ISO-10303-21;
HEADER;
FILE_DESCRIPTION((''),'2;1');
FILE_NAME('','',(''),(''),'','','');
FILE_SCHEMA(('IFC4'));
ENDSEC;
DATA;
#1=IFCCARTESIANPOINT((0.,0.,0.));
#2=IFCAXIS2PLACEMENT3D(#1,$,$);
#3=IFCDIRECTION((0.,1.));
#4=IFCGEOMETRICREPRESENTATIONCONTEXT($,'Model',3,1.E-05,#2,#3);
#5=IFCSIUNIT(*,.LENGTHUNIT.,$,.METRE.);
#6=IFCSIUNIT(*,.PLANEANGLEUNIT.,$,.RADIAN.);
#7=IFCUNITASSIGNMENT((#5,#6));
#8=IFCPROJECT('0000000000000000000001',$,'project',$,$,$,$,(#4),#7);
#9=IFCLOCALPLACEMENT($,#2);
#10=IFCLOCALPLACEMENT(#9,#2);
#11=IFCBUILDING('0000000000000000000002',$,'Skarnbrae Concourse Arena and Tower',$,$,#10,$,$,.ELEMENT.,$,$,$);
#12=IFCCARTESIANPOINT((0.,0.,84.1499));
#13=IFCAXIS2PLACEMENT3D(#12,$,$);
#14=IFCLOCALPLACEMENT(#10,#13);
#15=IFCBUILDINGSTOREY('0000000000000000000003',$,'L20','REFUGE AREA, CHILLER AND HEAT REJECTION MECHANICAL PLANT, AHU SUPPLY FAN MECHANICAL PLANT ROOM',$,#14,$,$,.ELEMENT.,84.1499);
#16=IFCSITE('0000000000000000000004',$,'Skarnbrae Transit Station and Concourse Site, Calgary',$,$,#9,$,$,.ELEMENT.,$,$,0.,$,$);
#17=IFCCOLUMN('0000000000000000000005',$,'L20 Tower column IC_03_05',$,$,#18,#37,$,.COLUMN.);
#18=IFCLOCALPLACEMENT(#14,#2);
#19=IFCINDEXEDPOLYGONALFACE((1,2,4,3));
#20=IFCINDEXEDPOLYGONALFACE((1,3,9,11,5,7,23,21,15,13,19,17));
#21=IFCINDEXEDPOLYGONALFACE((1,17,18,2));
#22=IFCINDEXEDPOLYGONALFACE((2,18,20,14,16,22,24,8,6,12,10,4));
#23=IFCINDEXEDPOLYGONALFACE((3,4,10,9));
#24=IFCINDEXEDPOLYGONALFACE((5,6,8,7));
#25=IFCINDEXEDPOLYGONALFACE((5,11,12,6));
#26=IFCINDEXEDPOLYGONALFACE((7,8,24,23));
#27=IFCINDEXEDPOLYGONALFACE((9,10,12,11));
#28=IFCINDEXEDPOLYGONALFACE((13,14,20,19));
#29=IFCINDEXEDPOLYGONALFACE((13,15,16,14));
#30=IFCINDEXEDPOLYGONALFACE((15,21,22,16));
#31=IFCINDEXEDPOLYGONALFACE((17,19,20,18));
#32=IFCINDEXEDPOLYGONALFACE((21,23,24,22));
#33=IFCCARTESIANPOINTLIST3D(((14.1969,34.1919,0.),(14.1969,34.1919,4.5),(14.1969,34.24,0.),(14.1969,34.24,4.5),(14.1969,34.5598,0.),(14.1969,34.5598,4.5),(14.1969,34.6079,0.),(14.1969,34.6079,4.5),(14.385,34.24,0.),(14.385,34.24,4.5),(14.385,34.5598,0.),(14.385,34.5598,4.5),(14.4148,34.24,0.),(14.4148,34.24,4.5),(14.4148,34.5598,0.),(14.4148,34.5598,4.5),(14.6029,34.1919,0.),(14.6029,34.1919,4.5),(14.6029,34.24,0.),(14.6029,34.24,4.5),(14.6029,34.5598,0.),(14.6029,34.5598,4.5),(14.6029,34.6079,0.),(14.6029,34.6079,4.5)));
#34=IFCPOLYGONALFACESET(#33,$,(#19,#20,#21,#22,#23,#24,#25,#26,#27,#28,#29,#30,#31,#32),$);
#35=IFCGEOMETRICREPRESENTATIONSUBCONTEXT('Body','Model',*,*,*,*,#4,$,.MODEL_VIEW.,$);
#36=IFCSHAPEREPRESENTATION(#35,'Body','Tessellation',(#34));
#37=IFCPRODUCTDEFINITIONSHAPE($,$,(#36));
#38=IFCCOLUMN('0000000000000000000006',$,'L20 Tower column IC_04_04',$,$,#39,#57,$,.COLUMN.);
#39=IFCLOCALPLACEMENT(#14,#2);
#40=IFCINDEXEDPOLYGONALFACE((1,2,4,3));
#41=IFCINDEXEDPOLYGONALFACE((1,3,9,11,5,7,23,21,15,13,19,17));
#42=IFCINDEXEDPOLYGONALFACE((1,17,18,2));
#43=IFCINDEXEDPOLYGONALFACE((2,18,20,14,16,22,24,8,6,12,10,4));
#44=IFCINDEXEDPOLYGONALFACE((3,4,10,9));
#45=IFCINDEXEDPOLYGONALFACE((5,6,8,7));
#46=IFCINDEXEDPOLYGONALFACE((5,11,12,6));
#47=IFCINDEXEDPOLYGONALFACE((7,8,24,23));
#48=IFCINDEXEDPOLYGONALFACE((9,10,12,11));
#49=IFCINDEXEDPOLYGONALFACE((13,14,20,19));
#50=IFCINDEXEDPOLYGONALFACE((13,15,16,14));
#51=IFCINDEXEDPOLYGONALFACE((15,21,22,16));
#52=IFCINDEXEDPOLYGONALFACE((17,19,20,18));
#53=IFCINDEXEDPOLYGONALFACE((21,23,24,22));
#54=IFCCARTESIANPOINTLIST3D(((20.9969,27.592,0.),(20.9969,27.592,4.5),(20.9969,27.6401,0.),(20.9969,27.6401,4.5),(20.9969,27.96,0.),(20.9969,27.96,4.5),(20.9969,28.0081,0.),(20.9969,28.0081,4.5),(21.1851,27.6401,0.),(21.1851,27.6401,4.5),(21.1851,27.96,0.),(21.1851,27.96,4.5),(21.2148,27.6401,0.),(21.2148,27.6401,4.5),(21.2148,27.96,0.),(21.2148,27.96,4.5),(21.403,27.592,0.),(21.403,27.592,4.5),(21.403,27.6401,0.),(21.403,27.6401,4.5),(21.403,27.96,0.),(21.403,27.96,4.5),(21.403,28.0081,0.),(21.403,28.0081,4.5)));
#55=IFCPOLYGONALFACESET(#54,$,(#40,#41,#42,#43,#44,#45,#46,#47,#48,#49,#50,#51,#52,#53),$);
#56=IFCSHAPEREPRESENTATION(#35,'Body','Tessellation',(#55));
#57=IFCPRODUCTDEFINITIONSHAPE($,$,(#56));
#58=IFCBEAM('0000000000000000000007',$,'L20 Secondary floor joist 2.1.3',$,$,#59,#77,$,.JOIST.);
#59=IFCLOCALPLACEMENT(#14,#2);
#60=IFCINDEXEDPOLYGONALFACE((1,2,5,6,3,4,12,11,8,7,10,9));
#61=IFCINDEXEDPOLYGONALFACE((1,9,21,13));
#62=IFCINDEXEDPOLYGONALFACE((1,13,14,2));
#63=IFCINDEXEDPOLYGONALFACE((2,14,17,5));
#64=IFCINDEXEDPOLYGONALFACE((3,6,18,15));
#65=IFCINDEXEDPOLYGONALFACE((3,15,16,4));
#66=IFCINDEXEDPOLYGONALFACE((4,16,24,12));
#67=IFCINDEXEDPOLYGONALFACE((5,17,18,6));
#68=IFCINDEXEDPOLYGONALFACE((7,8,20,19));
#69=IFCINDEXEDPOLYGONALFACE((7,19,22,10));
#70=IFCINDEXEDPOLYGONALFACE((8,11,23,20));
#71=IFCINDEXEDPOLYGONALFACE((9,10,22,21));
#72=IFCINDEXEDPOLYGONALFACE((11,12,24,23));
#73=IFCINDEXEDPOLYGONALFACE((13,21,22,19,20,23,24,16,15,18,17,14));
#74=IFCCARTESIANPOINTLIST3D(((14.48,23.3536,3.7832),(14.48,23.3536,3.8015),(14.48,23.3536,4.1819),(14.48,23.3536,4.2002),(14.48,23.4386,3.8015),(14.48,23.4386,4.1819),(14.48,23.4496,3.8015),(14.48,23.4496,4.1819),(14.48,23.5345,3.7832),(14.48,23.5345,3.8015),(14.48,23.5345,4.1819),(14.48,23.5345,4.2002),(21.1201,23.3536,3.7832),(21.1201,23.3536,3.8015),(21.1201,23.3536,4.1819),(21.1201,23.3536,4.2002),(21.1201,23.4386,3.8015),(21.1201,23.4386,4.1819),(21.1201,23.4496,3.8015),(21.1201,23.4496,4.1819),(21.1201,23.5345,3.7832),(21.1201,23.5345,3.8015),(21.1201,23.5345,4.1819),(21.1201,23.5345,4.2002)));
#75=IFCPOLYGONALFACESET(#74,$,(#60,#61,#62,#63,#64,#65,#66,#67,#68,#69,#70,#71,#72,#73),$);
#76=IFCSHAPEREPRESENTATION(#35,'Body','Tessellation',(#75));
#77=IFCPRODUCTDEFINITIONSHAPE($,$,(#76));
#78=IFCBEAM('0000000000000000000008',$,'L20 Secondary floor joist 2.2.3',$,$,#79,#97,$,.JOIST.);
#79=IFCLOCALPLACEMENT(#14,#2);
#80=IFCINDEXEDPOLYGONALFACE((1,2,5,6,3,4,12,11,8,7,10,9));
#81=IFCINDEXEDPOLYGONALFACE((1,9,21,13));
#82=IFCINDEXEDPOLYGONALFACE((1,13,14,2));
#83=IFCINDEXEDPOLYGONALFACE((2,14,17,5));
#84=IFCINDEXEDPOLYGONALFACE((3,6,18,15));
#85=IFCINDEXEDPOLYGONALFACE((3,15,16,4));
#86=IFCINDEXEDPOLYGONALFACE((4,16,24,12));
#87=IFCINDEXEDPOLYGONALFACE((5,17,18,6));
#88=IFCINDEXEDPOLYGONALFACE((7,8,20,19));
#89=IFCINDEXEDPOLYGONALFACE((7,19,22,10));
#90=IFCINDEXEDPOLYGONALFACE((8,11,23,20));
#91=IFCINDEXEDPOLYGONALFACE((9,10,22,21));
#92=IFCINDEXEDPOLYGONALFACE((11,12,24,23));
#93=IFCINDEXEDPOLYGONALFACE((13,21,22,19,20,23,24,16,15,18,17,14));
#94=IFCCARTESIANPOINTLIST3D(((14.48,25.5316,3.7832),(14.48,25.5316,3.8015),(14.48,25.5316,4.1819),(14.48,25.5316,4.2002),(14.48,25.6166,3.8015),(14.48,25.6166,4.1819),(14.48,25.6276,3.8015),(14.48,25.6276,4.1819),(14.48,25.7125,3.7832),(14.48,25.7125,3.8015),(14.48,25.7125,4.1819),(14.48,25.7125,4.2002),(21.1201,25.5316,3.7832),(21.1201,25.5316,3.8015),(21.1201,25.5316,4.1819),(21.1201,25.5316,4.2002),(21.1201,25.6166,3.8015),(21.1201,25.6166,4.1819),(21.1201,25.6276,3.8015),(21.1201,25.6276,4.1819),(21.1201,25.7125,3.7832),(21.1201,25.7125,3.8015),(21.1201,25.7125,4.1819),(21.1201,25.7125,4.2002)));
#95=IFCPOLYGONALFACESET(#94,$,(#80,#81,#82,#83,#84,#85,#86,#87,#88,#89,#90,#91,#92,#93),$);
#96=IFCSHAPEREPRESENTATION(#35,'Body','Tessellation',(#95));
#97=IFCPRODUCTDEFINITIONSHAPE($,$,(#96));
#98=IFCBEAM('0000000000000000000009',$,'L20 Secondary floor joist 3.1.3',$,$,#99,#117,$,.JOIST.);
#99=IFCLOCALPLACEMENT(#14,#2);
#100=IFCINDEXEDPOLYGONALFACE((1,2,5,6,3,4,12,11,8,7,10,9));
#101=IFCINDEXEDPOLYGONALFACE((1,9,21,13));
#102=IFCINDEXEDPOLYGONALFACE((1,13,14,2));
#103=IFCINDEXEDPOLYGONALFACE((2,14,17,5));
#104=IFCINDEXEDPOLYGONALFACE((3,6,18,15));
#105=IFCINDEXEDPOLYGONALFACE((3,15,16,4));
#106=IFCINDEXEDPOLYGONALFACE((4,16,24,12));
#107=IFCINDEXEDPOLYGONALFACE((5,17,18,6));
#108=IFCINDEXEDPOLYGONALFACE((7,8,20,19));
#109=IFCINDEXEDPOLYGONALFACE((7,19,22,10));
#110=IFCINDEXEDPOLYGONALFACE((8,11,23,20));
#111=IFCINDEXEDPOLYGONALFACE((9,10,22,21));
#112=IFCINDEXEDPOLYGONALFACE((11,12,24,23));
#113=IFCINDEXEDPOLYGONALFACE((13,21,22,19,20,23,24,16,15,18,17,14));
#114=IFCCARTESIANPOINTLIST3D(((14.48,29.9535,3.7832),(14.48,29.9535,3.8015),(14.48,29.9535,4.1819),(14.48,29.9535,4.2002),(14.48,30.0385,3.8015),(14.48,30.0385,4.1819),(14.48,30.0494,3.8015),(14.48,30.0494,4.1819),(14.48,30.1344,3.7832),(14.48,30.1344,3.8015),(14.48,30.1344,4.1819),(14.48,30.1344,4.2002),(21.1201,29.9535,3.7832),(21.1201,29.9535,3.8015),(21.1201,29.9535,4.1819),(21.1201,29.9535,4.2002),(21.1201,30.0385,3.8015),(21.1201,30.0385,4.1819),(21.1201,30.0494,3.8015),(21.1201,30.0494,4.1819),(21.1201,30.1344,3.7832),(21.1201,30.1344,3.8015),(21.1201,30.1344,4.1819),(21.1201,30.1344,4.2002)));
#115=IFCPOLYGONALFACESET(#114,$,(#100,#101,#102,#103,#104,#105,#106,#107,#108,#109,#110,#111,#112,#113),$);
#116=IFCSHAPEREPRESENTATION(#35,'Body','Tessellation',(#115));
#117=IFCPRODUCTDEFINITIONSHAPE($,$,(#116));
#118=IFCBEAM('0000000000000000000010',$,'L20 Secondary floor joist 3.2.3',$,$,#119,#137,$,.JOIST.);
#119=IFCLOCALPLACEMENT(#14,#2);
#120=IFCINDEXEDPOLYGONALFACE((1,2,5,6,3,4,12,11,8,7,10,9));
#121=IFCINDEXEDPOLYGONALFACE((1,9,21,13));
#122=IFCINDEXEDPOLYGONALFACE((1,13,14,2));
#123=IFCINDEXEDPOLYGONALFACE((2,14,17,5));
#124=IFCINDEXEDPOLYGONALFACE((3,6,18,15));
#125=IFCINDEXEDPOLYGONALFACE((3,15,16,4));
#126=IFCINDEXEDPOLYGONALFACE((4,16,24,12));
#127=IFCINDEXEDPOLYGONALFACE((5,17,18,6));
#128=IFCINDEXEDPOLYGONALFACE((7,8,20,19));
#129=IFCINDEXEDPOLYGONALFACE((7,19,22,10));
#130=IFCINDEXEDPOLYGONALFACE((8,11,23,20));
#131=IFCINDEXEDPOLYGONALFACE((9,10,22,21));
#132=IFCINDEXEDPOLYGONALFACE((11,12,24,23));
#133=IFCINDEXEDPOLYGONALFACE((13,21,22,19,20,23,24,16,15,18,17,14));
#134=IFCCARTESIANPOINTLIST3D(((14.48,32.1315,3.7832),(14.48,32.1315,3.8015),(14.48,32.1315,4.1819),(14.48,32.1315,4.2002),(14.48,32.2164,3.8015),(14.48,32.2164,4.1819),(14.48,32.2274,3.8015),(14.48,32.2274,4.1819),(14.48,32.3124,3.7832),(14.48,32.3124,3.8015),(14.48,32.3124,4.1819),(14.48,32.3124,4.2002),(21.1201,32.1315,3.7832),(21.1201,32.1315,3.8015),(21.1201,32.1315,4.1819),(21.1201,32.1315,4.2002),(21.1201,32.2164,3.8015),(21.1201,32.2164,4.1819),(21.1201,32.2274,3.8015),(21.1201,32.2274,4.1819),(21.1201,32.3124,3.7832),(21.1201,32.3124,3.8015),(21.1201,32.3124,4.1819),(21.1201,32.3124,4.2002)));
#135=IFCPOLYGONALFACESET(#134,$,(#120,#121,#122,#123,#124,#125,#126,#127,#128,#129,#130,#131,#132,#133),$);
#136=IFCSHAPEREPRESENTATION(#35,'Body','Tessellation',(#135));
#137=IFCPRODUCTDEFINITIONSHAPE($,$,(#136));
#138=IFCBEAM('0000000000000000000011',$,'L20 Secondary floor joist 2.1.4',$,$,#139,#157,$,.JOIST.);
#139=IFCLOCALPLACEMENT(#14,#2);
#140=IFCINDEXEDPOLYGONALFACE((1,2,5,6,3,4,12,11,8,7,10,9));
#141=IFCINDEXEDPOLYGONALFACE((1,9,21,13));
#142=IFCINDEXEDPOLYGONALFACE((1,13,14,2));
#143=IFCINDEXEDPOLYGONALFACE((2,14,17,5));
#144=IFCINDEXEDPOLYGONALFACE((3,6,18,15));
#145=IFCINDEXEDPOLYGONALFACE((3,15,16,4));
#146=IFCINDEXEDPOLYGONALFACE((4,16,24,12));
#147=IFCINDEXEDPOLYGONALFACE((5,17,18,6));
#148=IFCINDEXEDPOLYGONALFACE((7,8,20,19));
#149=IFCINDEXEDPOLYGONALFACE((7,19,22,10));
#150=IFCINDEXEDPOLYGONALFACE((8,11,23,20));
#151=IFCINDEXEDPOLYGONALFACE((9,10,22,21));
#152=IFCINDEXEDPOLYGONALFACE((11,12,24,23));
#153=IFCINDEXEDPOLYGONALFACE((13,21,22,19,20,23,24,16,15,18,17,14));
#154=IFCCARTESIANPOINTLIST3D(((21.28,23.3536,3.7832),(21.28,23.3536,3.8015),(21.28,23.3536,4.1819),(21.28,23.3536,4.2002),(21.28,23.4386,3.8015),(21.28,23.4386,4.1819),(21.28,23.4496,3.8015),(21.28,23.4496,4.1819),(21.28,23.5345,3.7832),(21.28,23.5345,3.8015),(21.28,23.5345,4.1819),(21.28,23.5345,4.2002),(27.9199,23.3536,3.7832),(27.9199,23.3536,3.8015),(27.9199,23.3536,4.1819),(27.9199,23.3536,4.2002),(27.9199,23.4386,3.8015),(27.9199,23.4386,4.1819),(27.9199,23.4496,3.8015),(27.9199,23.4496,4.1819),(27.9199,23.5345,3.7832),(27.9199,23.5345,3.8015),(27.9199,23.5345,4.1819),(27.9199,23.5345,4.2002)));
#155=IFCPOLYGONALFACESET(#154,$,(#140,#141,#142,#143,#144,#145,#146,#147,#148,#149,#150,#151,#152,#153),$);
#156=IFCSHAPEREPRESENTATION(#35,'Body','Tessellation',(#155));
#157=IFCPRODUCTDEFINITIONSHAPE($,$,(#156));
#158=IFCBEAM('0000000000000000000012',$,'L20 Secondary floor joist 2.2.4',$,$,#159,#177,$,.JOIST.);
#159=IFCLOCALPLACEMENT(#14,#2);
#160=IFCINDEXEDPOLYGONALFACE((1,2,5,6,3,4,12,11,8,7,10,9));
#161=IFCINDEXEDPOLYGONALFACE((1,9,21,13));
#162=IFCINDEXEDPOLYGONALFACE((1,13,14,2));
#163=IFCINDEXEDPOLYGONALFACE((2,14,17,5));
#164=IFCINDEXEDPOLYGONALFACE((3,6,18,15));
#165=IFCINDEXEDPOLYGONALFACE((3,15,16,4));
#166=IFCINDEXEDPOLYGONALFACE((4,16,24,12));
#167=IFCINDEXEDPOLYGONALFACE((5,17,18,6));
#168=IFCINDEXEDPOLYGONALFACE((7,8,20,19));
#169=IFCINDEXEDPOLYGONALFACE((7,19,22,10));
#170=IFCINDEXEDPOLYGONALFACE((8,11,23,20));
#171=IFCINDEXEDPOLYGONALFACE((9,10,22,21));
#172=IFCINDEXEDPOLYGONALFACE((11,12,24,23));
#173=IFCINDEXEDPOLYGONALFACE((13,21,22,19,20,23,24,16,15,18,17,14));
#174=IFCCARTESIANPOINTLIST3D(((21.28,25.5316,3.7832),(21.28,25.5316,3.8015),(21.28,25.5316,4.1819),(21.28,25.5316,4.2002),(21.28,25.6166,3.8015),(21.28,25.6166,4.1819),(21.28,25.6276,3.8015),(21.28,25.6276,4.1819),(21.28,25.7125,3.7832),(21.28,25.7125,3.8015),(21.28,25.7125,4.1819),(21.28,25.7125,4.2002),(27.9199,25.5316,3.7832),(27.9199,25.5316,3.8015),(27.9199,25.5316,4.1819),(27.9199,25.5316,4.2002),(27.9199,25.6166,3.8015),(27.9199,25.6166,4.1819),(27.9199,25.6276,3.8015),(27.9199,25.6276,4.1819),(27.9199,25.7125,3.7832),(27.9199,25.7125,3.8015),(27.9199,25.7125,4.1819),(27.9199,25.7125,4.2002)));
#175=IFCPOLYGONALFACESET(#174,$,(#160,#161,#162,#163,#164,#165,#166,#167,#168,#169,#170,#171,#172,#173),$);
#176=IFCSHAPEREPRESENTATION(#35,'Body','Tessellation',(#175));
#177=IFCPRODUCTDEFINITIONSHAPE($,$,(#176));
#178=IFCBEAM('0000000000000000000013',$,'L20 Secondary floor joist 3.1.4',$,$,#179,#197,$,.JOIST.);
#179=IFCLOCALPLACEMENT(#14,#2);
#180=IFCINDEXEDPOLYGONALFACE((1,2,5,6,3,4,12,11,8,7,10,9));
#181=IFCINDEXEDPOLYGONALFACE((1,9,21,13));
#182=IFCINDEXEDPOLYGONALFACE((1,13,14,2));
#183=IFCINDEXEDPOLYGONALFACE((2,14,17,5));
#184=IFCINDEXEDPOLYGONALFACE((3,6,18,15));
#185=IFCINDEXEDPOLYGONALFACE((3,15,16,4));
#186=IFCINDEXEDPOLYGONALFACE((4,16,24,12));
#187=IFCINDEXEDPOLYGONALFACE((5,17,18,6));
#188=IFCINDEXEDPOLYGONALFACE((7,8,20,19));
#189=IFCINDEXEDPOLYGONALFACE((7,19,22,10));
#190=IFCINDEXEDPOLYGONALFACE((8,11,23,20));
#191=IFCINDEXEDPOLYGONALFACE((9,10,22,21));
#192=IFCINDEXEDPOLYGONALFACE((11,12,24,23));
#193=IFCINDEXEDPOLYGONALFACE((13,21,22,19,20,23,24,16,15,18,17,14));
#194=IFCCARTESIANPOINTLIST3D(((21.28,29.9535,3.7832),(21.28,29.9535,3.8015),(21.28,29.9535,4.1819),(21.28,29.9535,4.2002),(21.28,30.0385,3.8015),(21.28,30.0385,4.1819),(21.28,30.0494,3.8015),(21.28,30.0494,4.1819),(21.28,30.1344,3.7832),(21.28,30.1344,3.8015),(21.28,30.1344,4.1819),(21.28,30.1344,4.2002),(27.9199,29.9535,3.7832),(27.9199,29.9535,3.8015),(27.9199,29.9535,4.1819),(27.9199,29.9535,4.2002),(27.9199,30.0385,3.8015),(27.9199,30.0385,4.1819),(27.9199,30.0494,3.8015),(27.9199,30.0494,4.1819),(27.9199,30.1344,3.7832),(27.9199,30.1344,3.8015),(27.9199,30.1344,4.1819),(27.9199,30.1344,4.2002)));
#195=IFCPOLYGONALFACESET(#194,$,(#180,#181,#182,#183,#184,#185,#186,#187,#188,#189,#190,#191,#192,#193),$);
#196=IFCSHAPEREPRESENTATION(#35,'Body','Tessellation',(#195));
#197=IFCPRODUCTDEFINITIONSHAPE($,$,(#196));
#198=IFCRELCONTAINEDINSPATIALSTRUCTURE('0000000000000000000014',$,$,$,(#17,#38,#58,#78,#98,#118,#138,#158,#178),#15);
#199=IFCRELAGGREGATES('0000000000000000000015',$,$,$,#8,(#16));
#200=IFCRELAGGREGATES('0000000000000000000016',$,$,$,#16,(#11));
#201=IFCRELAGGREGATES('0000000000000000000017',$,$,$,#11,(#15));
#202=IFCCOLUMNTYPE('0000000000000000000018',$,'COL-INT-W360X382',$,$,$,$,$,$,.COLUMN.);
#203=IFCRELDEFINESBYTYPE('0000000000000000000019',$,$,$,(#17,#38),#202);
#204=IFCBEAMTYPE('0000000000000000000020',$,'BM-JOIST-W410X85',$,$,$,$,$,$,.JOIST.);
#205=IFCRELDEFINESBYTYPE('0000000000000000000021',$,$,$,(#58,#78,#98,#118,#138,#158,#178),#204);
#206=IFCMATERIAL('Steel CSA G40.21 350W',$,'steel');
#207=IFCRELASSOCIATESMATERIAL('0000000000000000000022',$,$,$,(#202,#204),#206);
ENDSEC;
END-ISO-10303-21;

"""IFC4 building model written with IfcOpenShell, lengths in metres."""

from ifc_helpers import new_model, si_unit, direction, frame, origin, origin_2d, place, context, subcontext, project, spatial, i_section, extrude, source, transform, mapped, material, material_profile, profile_set, type_object, element, save


model = new_model("IFC4")

# Units and contexts
model_context = context("Model", 3, precision=1e-05, world=origin(), true_north=direction((0.0, 1.0)))
body_context = subcontext(model_context, "Body", "Model", "MODEL_VIEW")
ifc_project = project(units=[si_unit("LENGTHUNIT", "METRE"), si_unit("PLANEANGLEUNIT", "RADIAN")], contexts=[model_context])

# Site, building, storey
site_placement = place(None, origin())
site = spatial("IfcSite", under=ifc_project, at=site_placement, Name="Skarnbrae Transit Station and Concourse Site, Calgary", CompositionType="ELEMENT", RefElevation=0.0)
building_placement = place(site_placement, origin())
building = spatial("IfcBuilding", under=site, at=building_placement, Name="Skarnbrae Concourse Arena and Tower", CompositionType="ELEMENT")
storey_placement = place(building_placement, frame((0.0, 0.0, 84.1499)))
storey = spatial("IfcBuildingStorey", under=building, at=storey_placement, Name="L20", Description="REFUGE AREA, CHILLER AND HEAT REJECTION MECHANICAL PLANT, AHU SUPPLY FAN MECHANICAL PLANT ROOM", CompositionType="ELEMENT", Elevation=84.1499)

# Columns
ifc_material = material(Name="Steel CSA G40.21 350W", Category="steel")
ifc_material_profile_1 = material_profile(ifc_material, i_section(OverallWidth=0.406, OverallDepth=0.416, WebThickness=0.0298, FlangeThickness=0.0481, at=origin_2d()), Name="W360X382")
ifc_profile_set_1 = profile_set([ifc_material_profile_1], Name="Steel CSA G40.21 350W")
column_type = type_object("IfcColumnType", Name="COL-INT-W360X382", PredefinedType="COLUMN", material=ifc_profile_set_1)
shared_shape_1 = source(origin(), body_context, "Body", "SweptSolid", [
    extrude(i_section(OverallWidth=0.406, OverallDepth=0.416, WebThickness=0.0298, FlangeThickness=0.0481, at=origin_2d()), origin(), (0.0, 0.0, 1.0), 4.5),
])
for number, where, z_axis, x_axis, name in (
    (1, (14.3999, 34.3999, 0.0), (0.0, 0.0, 1.0), (1.0, 0.0, 0.0), "L20 Tower column IC_03_05"),
    (2, (21.2, 27.8, 0.0), (0.0, 0.0, 1.0), (1.0, 0.0, 0.0), "L20 Tower column IC_04_04"),
):
    element("IfcColumn", number, at=place(storey_placement, frame(where, z_axis=z_axis, x_axis=x_axis)), inside=storey, type_object=column_type, Name=name, PredefinedType="COLUMN", context=body_context, shape_type="MappedRepresentation", body=[
        mapped(shared_shape_1, transform((0.0, 0.0, 0.0))),
    ])

# Beams
ifc_material_profile_2 = material_profile(ifc_material, i_section(OverallWidth=0.1809, OverallDepth=0.417, WebThickness=0.011, FlangeThickness=0.0183, at=origin_2d()), Name="W410X85")
ifc_profile_set_2 = profile_set([ifc_material_profile_2], Name="Steel CSA G40.21 350W")
beam_type_1 = type_object("IfcBeamType", Name="BM-JOIST-W410X85", PredefinedType="JOIST", material=ifc_profile_set_2)
shared_shape_2 = source(origin(), body_context, "Body", "SweptSolid", [
    extrude(i_section(OverallWidth=0.1809, OverallDepth=0.417, WebThickness=0.011, FlangeThickness=0.0183, at=origin_2d()), origin(), (0.0, 0.0, 1.0), 6.6401),
])
for number, where, z_axis, x_axis, name in (
    (3, (14.48, 23.4441, 3.9917), (1.0, 0.0, 0.0), (0.0, 1.0, 0.0), "L20 Secondary floor joist 2.1.3"),
    (4, (14.48, 25.6221, 3.9917), (1.0, 0.0, 0.0), (0.0, 1.0, 0.0), "L20 Secondary floor joist 2.2.3"),
    (5, (14.48, 30.0439, 3.9917), (1.0, 0.0, 0.0), (0.0, 1.0, 0.0), "L20 Secondary floor joist 3.1.3"),
    (6, (14.48, 32.2219, 3.9917), (1.0, 0.0, 0.0), (0.0, 1.0, 0.0), "L20 Secondary floor joist 3.2.3"),
):
    element("IfcBeam", number, at=place(storey_placement, frame(where, z_axis=z_axis, x_axis=x_axis)), inside=storey, type_object=beam_type_1, Name=name, PredefinedType="JOIST", context=body_context, shape_type="MappedRepresentation", body=[
        mapped(shared_shape_2, transform((0.0, 0.0, 0.0))),
    ])
shared_shape_3 = source(origin(), body_context, "Body", "SweptSolid", [
    extrude(i_section(OverallWidth=0.1809, OverallDepth=0.417, WebThickness=0.011, FlangeThickness=0.0183, at=origin_2d()), origin(), (0.0, 0.0, 1.0), 6.6399),
])
for number, where, z_axis, x_axis, name in (
    (7, (21.28, 23.4441, 3.9917), (1.0, 0.0, 0.0), (0.0, 1.0, 0.0), "L20 Secondary floor joist 2.1.4"),
    (8, (21.28, 25.6221, 3.9917), (1.0, 0.0, 0.0), (0.0, 1.0, 0.0), "L20 Secondary floor joist 2.2.4"),
    (9, (21.28, 30.0439, 3.9917), (1.0, 0.0, 0.0), (0.0, 1.0, 0.0), "L20 Secondary floor joist 3.1.4"),
):
    element("IfcBeam", number, at=place(storey_placement, frame(where, z_axis=z_axis, x_axis=x_axis)), inside=storey, type_object=beam_type_1, Name=name, PredefinedType="JOIST", context=body_context, shape_type="MappedRepresentation", body=[
        mapped(shared_shape_3, transform((0.0, 0.0, 0.0))),
    ])

save(model, "model.ifc")
